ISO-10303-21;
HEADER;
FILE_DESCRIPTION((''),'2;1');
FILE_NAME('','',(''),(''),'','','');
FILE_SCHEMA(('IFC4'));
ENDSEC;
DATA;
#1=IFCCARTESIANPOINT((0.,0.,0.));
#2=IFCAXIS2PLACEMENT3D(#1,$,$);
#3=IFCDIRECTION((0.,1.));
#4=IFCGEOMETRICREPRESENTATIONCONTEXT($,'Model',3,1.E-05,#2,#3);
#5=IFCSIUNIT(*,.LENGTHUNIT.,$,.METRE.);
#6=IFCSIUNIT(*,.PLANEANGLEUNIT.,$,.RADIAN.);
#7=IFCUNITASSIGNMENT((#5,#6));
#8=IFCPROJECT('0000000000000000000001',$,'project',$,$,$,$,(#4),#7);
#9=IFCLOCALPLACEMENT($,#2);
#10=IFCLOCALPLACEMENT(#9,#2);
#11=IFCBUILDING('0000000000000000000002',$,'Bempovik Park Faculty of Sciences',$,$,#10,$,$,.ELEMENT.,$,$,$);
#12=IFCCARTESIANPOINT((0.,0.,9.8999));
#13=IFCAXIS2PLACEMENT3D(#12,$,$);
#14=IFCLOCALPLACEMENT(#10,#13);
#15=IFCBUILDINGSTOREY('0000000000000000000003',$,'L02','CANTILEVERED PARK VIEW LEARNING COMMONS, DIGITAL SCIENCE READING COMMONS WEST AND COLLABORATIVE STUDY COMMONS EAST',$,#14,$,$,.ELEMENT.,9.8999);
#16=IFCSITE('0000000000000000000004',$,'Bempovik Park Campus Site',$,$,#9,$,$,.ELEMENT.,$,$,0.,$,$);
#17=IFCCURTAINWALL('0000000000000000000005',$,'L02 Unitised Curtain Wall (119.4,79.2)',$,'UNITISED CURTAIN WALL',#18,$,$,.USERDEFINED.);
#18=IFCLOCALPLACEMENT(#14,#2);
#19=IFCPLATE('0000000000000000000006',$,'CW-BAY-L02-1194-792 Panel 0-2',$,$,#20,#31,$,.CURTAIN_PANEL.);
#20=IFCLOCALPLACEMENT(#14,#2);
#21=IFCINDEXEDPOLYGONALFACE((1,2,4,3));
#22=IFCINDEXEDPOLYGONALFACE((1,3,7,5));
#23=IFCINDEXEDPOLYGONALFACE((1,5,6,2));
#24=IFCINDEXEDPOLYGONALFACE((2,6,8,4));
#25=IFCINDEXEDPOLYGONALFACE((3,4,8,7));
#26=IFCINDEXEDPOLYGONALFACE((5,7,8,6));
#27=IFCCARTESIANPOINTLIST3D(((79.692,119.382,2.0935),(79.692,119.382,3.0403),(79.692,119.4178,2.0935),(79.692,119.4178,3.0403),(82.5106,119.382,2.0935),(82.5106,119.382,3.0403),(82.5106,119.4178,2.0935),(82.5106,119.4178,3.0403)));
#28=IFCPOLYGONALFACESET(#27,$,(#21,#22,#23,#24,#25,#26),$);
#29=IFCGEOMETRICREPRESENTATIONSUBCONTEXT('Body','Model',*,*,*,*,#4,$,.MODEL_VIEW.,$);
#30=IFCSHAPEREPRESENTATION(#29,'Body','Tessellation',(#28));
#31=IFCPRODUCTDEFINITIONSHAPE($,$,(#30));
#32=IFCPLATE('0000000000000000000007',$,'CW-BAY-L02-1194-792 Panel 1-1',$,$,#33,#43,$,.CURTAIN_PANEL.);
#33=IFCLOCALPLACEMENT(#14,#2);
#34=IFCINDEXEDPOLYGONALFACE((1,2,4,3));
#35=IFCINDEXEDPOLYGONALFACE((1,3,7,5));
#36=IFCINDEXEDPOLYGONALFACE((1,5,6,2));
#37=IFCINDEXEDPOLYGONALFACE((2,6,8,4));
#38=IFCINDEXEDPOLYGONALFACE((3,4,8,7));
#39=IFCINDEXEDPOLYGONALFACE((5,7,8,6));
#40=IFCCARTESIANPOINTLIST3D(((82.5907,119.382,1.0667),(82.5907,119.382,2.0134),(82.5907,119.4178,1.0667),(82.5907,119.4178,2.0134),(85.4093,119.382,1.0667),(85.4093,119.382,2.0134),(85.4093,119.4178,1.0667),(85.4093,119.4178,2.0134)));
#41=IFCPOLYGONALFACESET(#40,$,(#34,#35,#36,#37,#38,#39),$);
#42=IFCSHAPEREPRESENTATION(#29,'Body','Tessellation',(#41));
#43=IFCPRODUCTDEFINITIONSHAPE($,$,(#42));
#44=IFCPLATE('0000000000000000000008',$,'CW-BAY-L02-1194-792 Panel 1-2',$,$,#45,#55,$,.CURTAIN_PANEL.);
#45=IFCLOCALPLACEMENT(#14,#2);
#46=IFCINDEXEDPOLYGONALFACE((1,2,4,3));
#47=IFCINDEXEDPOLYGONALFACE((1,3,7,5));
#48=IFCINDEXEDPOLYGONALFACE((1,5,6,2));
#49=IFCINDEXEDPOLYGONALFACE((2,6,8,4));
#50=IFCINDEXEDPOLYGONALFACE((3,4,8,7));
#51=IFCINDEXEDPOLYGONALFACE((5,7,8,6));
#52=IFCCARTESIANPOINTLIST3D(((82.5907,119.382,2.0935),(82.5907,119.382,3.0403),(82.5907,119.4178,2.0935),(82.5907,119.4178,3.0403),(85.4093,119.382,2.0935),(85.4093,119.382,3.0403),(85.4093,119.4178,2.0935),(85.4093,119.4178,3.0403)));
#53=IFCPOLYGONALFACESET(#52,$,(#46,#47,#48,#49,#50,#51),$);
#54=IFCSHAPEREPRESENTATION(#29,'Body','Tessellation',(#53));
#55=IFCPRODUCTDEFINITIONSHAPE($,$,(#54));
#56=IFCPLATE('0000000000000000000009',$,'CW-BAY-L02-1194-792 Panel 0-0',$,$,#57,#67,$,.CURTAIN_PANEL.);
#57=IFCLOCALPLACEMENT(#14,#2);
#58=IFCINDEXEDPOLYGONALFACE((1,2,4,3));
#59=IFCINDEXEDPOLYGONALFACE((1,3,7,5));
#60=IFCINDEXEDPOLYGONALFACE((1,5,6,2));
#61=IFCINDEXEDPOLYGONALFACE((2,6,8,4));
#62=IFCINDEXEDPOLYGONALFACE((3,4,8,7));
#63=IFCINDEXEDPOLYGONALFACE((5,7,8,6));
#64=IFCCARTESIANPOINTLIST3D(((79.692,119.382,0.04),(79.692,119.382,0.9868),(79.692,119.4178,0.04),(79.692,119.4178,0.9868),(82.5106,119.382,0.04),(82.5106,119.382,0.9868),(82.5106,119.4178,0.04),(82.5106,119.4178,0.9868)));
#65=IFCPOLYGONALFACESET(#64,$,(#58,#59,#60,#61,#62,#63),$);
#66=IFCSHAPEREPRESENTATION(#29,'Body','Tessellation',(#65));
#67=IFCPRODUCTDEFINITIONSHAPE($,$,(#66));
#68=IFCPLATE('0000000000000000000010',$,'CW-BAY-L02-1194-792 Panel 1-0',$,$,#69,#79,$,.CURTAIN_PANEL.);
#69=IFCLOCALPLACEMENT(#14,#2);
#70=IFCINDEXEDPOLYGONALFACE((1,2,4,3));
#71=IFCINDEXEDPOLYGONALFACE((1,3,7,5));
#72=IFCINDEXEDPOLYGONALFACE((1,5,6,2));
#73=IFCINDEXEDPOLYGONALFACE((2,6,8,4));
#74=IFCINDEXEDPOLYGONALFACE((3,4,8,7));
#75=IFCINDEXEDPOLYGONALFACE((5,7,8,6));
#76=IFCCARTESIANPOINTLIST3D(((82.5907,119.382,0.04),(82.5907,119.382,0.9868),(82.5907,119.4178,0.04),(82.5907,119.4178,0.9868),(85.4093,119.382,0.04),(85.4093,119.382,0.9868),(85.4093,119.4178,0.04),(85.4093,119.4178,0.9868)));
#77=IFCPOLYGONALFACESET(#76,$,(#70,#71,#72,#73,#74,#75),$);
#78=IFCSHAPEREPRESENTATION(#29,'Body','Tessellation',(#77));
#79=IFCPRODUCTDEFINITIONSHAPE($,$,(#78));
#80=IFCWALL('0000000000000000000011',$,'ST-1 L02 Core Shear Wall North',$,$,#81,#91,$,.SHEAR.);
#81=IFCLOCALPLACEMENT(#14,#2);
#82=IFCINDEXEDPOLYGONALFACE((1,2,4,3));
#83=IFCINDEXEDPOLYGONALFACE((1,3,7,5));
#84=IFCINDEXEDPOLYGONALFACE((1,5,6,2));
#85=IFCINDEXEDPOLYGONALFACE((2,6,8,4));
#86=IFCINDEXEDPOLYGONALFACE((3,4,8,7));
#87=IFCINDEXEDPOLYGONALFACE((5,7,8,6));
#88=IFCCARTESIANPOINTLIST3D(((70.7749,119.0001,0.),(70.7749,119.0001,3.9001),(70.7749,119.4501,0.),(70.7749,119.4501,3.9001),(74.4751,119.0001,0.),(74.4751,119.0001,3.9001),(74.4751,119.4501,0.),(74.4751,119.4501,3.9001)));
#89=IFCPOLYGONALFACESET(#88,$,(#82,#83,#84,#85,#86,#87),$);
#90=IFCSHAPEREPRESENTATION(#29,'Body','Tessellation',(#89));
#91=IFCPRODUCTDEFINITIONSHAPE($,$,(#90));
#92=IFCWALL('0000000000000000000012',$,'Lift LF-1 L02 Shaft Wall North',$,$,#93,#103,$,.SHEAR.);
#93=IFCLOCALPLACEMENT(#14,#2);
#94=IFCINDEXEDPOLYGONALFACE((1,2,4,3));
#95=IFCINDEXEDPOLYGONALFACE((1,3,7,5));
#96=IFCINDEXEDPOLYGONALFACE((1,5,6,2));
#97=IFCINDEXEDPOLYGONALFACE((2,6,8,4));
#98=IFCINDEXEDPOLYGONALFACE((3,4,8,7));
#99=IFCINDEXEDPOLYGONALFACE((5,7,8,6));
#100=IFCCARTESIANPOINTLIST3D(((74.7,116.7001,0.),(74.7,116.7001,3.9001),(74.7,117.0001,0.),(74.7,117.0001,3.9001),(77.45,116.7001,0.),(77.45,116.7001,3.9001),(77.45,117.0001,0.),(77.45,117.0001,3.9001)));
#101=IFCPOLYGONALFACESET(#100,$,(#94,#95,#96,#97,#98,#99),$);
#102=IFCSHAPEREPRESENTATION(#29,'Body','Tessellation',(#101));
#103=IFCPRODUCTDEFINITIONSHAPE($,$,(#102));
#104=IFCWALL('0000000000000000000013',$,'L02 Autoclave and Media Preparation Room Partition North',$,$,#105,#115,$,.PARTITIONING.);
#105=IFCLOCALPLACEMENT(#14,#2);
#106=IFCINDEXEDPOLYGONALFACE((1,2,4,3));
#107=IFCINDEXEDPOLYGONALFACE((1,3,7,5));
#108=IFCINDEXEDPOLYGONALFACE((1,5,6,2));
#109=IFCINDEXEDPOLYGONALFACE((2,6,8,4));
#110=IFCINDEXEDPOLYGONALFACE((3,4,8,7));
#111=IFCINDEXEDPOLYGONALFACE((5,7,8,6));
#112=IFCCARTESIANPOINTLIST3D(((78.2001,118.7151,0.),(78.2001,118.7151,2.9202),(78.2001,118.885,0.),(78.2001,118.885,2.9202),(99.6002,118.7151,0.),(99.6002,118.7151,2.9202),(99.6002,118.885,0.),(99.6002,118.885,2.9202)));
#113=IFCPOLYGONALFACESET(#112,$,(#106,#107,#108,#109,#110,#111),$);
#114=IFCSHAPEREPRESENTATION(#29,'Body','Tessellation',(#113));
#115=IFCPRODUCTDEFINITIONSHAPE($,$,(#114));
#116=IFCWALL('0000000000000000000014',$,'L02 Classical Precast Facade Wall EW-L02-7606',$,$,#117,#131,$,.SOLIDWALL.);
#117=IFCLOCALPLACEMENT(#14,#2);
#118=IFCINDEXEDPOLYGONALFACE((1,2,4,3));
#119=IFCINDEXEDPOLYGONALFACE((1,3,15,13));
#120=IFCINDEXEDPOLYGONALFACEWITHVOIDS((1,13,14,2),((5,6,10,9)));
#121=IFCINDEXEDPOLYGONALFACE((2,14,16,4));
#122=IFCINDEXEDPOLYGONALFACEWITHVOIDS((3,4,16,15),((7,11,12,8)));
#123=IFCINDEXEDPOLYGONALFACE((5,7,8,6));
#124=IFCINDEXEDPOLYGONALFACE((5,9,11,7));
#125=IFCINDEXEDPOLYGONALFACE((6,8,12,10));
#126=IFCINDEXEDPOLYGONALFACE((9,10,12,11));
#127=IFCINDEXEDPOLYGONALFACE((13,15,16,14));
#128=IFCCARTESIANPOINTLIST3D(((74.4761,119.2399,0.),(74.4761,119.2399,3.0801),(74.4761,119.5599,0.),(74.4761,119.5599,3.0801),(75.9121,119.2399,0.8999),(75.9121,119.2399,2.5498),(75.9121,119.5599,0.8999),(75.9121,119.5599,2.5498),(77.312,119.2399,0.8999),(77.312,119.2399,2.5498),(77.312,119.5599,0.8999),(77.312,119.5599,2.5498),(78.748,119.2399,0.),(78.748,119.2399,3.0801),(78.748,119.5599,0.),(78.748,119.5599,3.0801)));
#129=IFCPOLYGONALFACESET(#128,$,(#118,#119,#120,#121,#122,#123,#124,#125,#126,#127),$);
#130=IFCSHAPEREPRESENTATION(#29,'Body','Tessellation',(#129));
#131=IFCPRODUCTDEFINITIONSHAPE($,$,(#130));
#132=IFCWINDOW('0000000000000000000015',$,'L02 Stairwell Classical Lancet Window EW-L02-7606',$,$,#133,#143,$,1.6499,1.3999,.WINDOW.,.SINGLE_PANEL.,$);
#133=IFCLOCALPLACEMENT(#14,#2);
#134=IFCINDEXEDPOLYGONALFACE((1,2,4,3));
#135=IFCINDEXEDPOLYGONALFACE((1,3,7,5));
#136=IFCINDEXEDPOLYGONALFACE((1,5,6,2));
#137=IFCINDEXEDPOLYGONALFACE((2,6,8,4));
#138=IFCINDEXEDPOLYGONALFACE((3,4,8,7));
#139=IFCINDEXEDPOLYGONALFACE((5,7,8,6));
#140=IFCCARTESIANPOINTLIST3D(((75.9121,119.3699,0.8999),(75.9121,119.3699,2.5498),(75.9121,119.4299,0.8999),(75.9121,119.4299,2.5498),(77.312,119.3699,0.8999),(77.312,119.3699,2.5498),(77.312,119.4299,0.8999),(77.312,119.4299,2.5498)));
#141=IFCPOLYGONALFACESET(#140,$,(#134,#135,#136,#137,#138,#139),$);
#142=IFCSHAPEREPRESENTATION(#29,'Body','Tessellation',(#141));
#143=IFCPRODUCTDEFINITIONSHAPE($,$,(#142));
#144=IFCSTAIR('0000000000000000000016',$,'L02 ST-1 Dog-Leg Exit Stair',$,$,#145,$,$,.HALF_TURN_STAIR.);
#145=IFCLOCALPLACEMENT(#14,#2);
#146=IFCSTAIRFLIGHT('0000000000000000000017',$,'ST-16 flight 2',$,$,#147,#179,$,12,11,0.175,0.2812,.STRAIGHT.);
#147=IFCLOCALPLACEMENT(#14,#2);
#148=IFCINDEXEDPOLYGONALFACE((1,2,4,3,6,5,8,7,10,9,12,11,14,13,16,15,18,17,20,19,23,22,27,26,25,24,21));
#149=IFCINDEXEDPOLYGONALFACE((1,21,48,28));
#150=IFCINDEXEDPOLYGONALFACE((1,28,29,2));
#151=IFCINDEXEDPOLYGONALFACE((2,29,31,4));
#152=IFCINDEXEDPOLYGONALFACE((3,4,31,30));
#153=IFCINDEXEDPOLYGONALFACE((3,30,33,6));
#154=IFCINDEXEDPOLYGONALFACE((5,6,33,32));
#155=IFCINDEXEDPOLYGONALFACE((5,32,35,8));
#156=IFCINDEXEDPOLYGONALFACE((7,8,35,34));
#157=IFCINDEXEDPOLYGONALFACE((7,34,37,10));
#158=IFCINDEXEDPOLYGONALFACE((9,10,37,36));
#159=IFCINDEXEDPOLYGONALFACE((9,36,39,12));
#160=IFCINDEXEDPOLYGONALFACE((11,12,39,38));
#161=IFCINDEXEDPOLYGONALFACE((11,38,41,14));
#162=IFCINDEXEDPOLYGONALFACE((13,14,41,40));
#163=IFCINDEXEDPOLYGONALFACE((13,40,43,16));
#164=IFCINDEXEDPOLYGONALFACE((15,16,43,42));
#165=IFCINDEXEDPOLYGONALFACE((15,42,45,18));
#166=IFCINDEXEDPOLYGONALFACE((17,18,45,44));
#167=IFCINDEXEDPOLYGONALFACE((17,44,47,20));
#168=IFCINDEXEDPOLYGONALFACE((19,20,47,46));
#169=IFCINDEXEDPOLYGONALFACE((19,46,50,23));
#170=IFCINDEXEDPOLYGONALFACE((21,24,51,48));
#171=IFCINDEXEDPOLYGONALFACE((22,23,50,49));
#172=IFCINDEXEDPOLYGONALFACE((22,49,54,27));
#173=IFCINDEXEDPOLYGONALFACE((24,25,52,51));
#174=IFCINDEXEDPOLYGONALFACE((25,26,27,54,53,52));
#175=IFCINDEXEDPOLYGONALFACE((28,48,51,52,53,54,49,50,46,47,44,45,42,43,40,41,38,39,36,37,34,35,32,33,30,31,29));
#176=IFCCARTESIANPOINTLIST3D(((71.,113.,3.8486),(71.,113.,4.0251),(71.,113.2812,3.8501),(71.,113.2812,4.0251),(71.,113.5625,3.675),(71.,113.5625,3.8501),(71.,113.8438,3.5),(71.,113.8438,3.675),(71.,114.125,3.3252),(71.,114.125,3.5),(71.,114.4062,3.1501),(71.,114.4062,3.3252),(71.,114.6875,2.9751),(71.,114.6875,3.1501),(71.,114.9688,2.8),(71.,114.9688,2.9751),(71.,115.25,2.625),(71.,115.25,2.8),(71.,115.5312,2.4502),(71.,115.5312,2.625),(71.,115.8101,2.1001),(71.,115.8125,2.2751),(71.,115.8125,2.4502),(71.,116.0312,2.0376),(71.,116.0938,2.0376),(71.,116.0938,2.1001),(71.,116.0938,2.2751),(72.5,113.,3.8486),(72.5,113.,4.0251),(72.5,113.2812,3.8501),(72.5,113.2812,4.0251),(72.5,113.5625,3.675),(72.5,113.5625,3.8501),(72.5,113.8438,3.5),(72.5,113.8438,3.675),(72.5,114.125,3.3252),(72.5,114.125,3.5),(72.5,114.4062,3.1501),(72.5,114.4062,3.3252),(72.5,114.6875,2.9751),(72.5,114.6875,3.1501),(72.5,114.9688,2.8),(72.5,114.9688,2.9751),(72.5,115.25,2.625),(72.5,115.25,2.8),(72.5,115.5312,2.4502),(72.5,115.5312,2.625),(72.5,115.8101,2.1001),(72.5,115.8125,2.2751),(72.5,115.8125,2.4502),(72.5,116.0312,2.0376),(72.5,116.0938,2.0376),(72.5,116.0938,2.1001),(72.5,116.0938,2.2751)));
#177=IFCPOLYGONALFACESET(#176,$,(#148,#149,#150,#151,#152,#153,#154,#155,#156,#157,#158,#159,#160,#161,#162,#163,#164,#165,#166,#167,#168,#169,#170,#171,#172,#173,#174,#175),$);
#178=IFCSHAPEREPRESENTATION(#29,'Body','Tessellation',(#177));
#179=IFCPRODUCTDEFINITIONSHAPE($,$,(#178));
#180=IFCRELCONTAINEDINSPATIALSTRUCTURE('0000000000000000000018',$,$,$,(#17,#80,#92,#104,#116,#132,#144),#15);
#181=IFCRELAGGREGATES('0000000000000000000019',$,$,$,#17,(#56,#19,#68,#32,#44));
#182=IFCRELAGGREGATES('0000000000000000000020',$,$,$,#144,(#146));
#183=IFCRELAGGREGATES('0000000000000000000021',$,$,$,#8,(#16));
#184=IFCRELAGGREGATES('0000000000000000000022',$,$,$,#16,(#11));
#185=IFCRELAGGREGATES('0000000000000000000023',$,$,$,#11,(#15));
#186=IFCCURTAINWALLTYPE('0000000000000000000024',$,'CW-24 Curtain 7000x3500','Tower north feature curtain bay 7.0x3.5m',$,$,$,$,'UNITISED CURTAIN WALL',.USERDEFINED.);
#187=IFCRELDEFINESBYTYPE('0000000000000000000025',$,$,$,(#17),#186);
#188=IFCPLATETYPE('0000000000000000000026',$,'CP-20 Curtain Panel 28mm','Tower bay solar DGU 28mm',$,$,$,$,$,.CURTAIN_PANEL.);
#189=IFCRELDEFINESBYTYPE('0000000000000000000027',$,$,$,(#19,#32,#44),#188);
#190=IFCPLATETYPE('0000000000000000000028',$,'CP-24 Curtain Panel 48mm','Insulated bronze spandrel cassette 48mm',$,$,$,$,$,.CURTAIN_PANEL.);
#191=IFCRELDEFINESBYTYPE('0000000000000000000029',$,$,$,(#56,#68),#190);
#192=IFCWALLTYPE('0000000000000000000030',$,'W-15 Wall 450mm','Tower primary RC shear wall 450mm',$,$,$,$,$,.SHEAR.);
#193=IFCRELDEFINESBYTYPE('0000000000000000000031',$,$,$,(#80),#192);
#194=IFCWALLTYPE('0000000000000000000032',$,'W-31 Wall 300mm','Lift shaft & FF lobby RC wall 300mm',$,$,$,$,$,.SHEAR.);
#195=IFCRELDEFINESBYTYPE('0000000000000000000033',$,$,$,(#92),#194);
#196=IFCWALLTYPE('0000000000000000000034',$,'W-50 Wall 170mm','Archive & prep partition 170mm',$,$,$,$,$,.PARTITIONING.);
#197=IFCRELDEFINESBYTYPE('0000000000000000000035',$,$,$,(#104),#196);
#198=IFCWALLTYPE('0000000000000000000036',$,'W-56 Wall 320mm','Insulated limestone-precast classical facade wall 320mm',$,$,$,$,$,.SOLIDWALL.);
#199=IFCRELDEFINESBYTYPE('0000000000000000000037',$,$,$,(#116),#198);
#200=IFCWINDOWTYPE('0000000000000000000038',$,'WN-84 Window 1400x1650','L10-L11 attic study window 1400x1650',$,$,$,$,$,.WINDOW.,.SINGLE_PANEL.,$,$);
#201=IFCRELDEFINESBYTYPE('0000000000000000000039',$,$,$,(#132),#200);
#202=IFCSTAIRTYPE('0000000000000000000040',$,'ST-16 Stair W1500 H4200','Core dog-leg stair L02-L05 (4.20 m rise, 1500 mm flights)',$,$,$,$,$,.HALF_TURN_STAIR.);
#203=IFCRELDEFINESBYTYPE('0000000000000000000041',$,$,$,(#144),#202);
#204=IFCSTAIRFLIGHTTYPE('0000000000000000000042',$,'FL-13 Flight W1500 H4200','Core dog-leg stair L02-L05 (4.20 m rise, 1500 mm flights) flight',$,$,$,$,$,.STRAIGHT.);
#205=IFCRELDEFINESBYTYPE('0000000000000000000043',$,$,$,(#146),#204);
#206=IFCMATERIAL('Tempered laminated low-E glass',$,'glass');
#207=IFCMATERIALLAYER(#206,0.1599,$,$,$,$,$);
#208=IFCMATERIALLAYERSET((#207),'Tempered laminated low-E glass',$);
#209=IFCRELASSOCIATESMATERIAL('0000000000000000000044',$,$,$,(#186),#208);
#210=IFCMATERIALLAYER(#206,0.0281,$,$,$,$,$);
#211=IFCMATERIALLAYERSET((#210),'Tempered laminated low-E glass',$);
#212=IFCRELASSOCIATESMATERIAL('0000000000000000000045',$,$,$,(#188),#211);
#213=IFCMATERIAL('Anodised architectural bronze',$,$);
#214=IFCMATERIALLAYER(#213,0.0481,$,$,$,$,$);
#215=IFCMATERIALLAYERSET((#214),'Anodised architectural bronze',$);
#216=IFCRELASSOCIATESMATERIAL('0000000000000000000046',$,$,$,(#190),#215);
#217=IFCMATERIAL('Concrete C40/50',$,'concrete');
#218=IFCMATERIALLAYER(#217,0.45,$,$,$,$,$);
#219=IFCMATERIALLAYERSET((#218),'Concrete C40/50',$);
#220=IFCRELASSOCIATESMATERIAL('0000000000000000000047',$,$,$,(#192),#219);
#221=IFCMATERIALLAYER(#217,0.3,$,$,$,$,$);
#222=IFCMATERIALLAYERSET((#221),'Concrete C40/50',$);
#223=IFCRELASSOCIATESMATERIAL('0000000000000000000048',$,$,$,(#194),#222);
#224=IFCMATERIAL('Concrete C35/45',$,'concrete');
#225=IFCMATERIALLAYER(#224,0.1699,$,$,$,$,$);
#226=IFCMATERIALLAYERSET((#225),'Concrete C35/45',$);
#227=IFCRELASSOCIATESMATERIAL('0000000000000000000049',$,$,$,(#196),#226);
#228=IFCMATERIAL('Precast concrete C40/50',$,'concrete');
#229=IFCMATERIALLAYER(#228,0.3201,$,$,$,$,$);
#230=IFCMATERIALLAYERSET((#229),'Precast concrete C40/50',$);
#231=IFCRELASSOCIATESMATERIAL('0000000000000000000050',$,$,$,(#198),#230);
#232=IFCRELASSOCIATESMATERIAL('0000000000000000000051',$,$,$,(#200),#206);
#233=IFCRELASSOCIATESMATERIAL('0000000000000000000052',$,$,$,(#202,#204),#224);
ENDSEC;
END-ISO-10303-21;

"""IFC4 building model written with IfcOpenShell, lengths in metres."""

from ifc_helpers import new_model, si_unit, direction, frame, frame_2d, origin, origin_2d, place, context, subcontext, project, spatial, polyline, rectangle, outline, extrude, material, layer, layer_set, type_object, element, fill, aggregate, save


model = new_model("IFC4")

# Units and contexts
model_context = context("Model", 3, precision=1e-05, world=origin(), true_north=direction((0.0, 1.0)))
body_context = subcontext(model_context, "Body", "Model", "MODEL_VIEW")
ifc_project = project(units=[si_unit("LENGTHUNIT", "METRE"), si_unit("PLANEANGLEUNIT", "RADIAN")], contexts=[model_context])

# Site, building, storey
site_placement = place(None, origin())
site = spatial("IfcSite", under=ifc_project, at=site_placement, Name="Bempovik Park Campus Site", CompositionType="ELEMENT", RefElevation=0.0)
building_placement = place(site_placement, origin())
building = spatial("IfcBuilding", under=site, at=building_placement, Name="Bempovik Park Faculty of Sciences", CompositionType="ELEMENT")
storey_placement = place(building_placement, frame((0.0, 0.0, 9.8999)))
storey = spatial("IfcBuildingStorey", under=building, at=storey_placement, Name="L02", Description="CANTILEVERED PARK VIEW LEARNING COMMONS, DIGITAL SCIENCE READING COMMONS WEST AND COLLABORATIVE STUDY COMMONS EAST", CompositionType="ELEMENT", Elevation=9.8999)

# Shared definitions
ifc_material_1 = material(Name="Concrete C40/50", Category="concrete")

# Shared definitions
ifc_material_2 = material(Name="Concrete C35/45", Category="concrete")

# Curtain wall, plates
ifc_material_3 = material(Name="Tempered laminated low-E glass", Category="glass")
ifc_layer_1 = layer(ifc_material_3, 0.1599)
ifc_layer_set_1 = layer_set([ifc_layer_1], Name="Tempered laminated low-E glass")
curtain_wall_type = type_object("IfcCurtainWallType", Name="CW-24 Curtain 7000x3500", Description="Tower north feature curtain bay 7.0x3.5m", ElementType="UNITISED CURTAIN WALL", PredefinedType="USERDEFINED", material=ifc_layer_set_1)
curtain_wall_placement = place(storey_placement, origin())
curtain_wall = element("IfcCurtainWall", 1, at=curtain_wall_placement, inside=storey, type_object=curtain_wall_type, Name="L02 Unitised Curtain Wall (119.4,79.2)", ObjectType="UNITISED CURTAIN WALL", PredefinedType="USERDEFINED")
ifc_layer_2 = layer(ifc_material_3, 0.0281)
ifc_layer_set_2 = layer_set([ifc_layer_2], Name="Tempered laminated low-E glass")
plate_type_1 = type_object("IfcPlateType", Name="CP-20 Curtain Panel 28mm", Description="Tower bay solar DGU 28mm", PredefinedType="CURTAIN_PANEL", material=ifc_layer_set_2)
plate_1_placement = place(storey_placement, frame((81.1013, 119.3999, 2.0935), z_axis=(0.0, 0.0, 1.0), x_axis=(1.0, 0.0, 0.0)))
plate_1 = element("IfcPlate", 2, at=plate_1_placement, type_object=plate_type_1, Name="CW-BAY-L02-1194-792 Panel 0-2", PredefinedType="CURTAIN_PANEL", context=body_context, shape_type="SweptSolid", body=[
    extrude(rectangle(XDim=2.8186, YDim=0.0359, at=origin_2d()), origin(), (0.0, 0.0, 1.0), 0.9468),
])
plate_2_placement = place(storey_placement, frame((84.0, 119.3999, 1.0667), z_axis=(0.0, 0.0, 1.0), x_axis=(1.0, 0.0, 0.0)))
plate_2 = element("IfcPlate", 3, at=plate_2_placement, type_object=plate_type_1, Name="CW-BAY-L02-1194-792 Panel 1-1", PredefinedType="CURTAIN_PANEL", context=body_context, shape_type="SweptSolid", body=[
    extrude(rectangle(XDim=2.8186, YDim=0.0359, at=origin_2d()), origin(), (0.0, 0.0, 1.0), 0.9468),
])
plate_3_placement = place(storey_placement, frame((84.0, 119.3999, 2.0935), z_axis=(0.0, 0.0, 1.0), x_axis=(1.0, 0.0, 0.0)))
plate_3 = element("IfcPlate", 4, at=plate_3_placement, type_object=plate_type_1, Name="CW-BAY-L02-1194-792 Panel 1-2", PredefinedType="CURTAIN_PANEL", context=body_context, shape_type="SweptSolid", body=[
    extrude(rectangle(XDim=2.8186, YDim=0.0359, at=origin_2d()), origin(), (0.0, 0.0, 1.0), 0.9468),
])
ifc_material_4 = material(Name="Anodised architectural bronze")
ifc_layer_3 = layer(ifc_material_4, 0.0481)
ifc_layer_set_3 = layer_set([ifc_layer_3], Name="Anodised architectural bronze")
plate_type_2 = type_object("IfcPlateType", Name="CP-24 Curtain Panel 48mm", Description="Insulated bronze spandrel cassette 48mm", PredefinedType="CURTAIN_PANEL", material=ifc_layer_set_3)
plate_4_placement = place(storey_placement, frame((81.1013, 119.3999, 0.04), z_axis=(0.0, 0.0, 1.0), x_axis=(1.0, 0.0, 0.0)))
plate_4 = element("IfcPlate", 5, at=plate_4_placement, type_object=plate_type_2, Name="CW-BAY-L02-1194-792 Panel 0-0", PredefinedType="CURTAIN_PANEL", context=body_context, shape_type="SweptSolid", body=[
    extrude(rectangle(XDim=2.8186, YDim=0.0359, at=origin_2d()), origin(), (0.0, 0.0, 1.0), 0.9468),
])
plate_5_placement = place(storey_placement, frame((84.0, 119.3999, 0.04), z_axis=(0.0, 0.0, 1.0), x_axis=(1.0, 0.0, 0.0)))
plate_5 = element("IfcPlate", 6, at=plate_5_placement, type_object=plate_type_2, Name="CW-BAY-L02-1194-792 Panel 1-0", PredefinedType="CURTAIN_PANEL", context=body_context, shape_type="SweptSolid", body=[
    extrude(rectangle(XDim=2.8186, YDim=0.0359, at=origin_2d()), origin(), (0.0, 0.0, 1.0), 0.9468),
])
aggregate(curtain_wall, [plate_4, plate_1, plate_5, plate_2, plate_3])

# Walls
ifc_layer_4 = layer(ifc_material_1, 0.45)
ifc_layer_set_4 = layer_set([ifc_layer_4], Name="Concrete C40/50")
wall_type_1 = type_object("IfcWallType", Name="W-15 Wall 450mm", Description="Tower primary RC shear wall 450mm", PredefinedType="SHEAR", material=ifc_layer_set_4)
wall_1_placement = place(storey_placement, frame((70.7749, 119.2251, 0.0), z_axis=(0.0, 0.0, 1.0), x_axis=(1.0, 0.0, 0.0)))
element("IfcWall", 7, at=wall_1_placement, inside=storey, type_object=wall_type_1, Name="ST-1 L02 Core Shear Wall North", PredefinedType="SHEAR", context=body_context, shape_type="SweptSolid", body=[
    extrude(rectangle(XDim=3.7002, YDim=0.45, at=frame_2d((1.8501, 0.0))), origin(), (0.0, 0.0, 1.0), 3.9001),
])
ifc_layer_5 = layer(ifc_material_1, 0.3)
ifc_layer_set_5 = layer_set([ifc_layer_5], Name="Concrete C40/50")
wall_type_2 = type_object("IfcWallType", Name="W-31 Wall 300mm", Description="Lift shaft & FF lobby RC wall 300mm", PredefinedType="SHEAR", material=ifc_layer_set_5)
wall_2_placement = place(storey_placement, frame((74.7, 116.8501, 0.0), z_axis=(0.0, 0.0, 1.0), x_axis=(1.0, 0.0, 0.0)))
element("IfcWall", 8, at=wall_2_placement, inside=storey, type_object=wall_type_2, Name="Lift LF-1 L02 Shaft Wall North", PredefinedType="SHEAR", context=body_context, shape_type="SweptSolid", body=[
    extrude(rectangle(XDim=2.75, YDim=0.3, at=frame_2d((1.375, 0.0))), origin(), (0.0, 0.0, 1.0), 3.9001),
])
ifc_layer_6 = layer(ifc_material_2, 0.1699)
ifc_layer_set_6 = layer_set([ifc_layer_6], Name="Concrete C35/45")
wall_type_3 = type_object("IfcWallType", Name="W-50 Wall 170mm", Description="Archive & prep partition 170mm", PredefinedType="PARTITIONING", material=ifc_layer_set_6)
wall_3_placement = place(storey_placement, frame((78.2, 118.8, 0.0), z_axis=(0.0, 0.0, 1.0), x_axis=(1.0, 0.0, 0.0)))
element("IfcWall", 9, at=wall_3_placement, inside=storey, type_object=wall_type_3, Name="L02 Autoclave and Media Preparation Room Partition North", PredefinedType="PARTITIONING", context=body_context, shape_type="SweptSolid", body=[
    extrude(rectangle(XDim=21.4001, YDim=0.1699, at=frame_2d((10.7002, 0.0))), origin(), (0.0, 0.0, 1.0), 2.9202),
])

# Wall, opening, window
ifc_material_5 = material(Name="Precast concrete C40/50", Category="concrete")
ifc_layer_7 = layer(ifc_material_5, 0.3201)
ifc_layer_set_7 = layer_set([ifc_layer_7], Name="Precast concrete C40/50")
wall_type_4 = type_object("IfcWallType", Name="W-56 Wall 320mm", Description="Insulated limestone-precast classical facade wall 320mm", PredefinedType="SOLIDWALL", material=ifc_layer_set_7)
wall_4_placement = place(storey_placement, frame((74.4761, 119.3999, 0.0), z_axis=(0.0, 0.0, 1.0), x_axis=(1.0, 0.0, 0.0)))
wall_4 = element("IfcWall", 10, at=wall_4_placement, inside=storey, type_object=wall_type_4, Name="L02 Classical Precast Facade Wall EW-L02-7606", PredefinedType="SOLIDWALL", context=body_context, shape_type="SweptSolid", body=[
    extrude(rectangle(XDim=4.272, YDim=0.3201, at=frame_2d((2.136, 0.0))), origin(), (0.0, 0.0, 1.0), 3.0801),
])
opening_placement = place(wall_4_placement, frame((1.436, 0.0, 0.8999)))
opening = element("IfcOpeningElement", 11, at=opening_placement, cuts=wall_4, PredefinedType="OPENING", context=body_context, shape_type="SweptSolid", body=[
    extrude(rectangle(XDim=1.3999, YDim=1.6499, at=frame_2d((0.7, 0.825))), frame((0.0, 0.1699, 0.0), z_axis=(0.0, -1.0, 0.0), x_axis=(1.0, 0.0, 0.0)), (0.0, 0.0, 1.0), 0.3401),
])
window_type = type_object("IfcWindowType", Name="WN-84 Window 1400x1650", Description="L10-L11 attic study window 1400x1650", PartitioningType="SINGLE_PANEL", PredefinedType="WINDOW", material=ifc_material_3)
window_placement = place(opening_placement, origin())
window = element("IfcWindow", 12, at=window_placement, inside=storey, type_object=window_type, Name="L02 Stairwell Classical Lancet Window EW-L02-7606", OverallHeight=1.6499, OverallWidth=1.3999, PartitioningType="SINGLE_PANEL", PredefinedType="WINDOW", context=body_context, shape_type="SweptSolid", body=[
    extrude(rectangle(XDim=1.3999, YDim=1.6499, at=frame_2d((0.7, 0.825))), frame((0.0, 0.03, 0.0), z_axis=(0.0, -1.0, 0.0), x_axis=(1.0, 0.0, 0.0)), (0.0, 0.0, 1.0), 0.0601),
])
fill(opening, window)

# Stair, stair flight
stair_type = type_object("IfcStairType", Name="ST-16 Stair W1500 H4200", Description="Core dog-leg stair L02-L05 (4.20 m rise, 1500 mm flights)", PredefinedType="HALF_TURN_STAIR", material=ifc_material_2)
stair_placement = place(storey_placement, origin())
stair = element("IfcStair", 13, at=stair_placement, inside=storey, type_object=stair_type, Name="L02 ST-1 Dog-Leg Exit Stair", PredefinedType="HALF_TURN_STAIR")
stair_flight_type = type_object("IfcStairFlightType", Name="FL-13 Flight W1500 H4200", Description="Core dog-leg stair L02-L05 (4.20 m rise, 1500 mm flights) flight", PredefinedType="STRAIGHT", material=ifc_material_2)
stair_flight_placement = place(storey_placement, frame((71.75, 116.0938, 2.1001), z_axis=(0.0, 0.0, 1.0), x_axis=(0.0, -1.0, 0.0)))
stair_flight = element("IfcStairFlight", 14, at=stair_flight_placement, type_object=stair_flight_type, Name="ST-16 flight 2", NumberOfRisers=12, NumberOfTreads=11, PredefinedType="STRAIGHT", RiserHeight=0.175, TreadLength=0.2812, context=body_context, shape_type="SweptSolid", body=[
    extrude(outline(polyline([(0.0, 0.0), (0.0, 0.175), (0.2812, 0.175), (0.2812, 0.3501), (0.5625, 0.3501), (0.5625, 0.5249), (0.8438, 0.5249), (0.8438, 0.7), (1.125, 0.7), (1.125, 0.875), (1.4062, 0.875), (1.4062, 1.05), (1.6875, 1.05), (1.6875, 1.2251), (1.9688, 1.2251), (1.9688, 1.3999), (2.25, 1.3999), (2.25, 1.575), (2.5312, 1.575), (2.5312, 1.75), (2.8125, 1.75), (2.8125, 1.925), (3.0938, 1.925), (3.0938, 2.1001), (3.0938, 1.7485), (0.2837, 0.0), (0.0625, -0.0625), (0.0, -0.0625), (0.0, 0.0)])), frame((0.0, 0.75, 0.0), z_axis=(0.0, -1.0, 0.0), x_axis=(1.0, 0.0, 0.0)), (0.0, 0.0, 1.0), 1.5),
])
aggregate(stair, [stair_flight])

save(model, "model.ifc")
